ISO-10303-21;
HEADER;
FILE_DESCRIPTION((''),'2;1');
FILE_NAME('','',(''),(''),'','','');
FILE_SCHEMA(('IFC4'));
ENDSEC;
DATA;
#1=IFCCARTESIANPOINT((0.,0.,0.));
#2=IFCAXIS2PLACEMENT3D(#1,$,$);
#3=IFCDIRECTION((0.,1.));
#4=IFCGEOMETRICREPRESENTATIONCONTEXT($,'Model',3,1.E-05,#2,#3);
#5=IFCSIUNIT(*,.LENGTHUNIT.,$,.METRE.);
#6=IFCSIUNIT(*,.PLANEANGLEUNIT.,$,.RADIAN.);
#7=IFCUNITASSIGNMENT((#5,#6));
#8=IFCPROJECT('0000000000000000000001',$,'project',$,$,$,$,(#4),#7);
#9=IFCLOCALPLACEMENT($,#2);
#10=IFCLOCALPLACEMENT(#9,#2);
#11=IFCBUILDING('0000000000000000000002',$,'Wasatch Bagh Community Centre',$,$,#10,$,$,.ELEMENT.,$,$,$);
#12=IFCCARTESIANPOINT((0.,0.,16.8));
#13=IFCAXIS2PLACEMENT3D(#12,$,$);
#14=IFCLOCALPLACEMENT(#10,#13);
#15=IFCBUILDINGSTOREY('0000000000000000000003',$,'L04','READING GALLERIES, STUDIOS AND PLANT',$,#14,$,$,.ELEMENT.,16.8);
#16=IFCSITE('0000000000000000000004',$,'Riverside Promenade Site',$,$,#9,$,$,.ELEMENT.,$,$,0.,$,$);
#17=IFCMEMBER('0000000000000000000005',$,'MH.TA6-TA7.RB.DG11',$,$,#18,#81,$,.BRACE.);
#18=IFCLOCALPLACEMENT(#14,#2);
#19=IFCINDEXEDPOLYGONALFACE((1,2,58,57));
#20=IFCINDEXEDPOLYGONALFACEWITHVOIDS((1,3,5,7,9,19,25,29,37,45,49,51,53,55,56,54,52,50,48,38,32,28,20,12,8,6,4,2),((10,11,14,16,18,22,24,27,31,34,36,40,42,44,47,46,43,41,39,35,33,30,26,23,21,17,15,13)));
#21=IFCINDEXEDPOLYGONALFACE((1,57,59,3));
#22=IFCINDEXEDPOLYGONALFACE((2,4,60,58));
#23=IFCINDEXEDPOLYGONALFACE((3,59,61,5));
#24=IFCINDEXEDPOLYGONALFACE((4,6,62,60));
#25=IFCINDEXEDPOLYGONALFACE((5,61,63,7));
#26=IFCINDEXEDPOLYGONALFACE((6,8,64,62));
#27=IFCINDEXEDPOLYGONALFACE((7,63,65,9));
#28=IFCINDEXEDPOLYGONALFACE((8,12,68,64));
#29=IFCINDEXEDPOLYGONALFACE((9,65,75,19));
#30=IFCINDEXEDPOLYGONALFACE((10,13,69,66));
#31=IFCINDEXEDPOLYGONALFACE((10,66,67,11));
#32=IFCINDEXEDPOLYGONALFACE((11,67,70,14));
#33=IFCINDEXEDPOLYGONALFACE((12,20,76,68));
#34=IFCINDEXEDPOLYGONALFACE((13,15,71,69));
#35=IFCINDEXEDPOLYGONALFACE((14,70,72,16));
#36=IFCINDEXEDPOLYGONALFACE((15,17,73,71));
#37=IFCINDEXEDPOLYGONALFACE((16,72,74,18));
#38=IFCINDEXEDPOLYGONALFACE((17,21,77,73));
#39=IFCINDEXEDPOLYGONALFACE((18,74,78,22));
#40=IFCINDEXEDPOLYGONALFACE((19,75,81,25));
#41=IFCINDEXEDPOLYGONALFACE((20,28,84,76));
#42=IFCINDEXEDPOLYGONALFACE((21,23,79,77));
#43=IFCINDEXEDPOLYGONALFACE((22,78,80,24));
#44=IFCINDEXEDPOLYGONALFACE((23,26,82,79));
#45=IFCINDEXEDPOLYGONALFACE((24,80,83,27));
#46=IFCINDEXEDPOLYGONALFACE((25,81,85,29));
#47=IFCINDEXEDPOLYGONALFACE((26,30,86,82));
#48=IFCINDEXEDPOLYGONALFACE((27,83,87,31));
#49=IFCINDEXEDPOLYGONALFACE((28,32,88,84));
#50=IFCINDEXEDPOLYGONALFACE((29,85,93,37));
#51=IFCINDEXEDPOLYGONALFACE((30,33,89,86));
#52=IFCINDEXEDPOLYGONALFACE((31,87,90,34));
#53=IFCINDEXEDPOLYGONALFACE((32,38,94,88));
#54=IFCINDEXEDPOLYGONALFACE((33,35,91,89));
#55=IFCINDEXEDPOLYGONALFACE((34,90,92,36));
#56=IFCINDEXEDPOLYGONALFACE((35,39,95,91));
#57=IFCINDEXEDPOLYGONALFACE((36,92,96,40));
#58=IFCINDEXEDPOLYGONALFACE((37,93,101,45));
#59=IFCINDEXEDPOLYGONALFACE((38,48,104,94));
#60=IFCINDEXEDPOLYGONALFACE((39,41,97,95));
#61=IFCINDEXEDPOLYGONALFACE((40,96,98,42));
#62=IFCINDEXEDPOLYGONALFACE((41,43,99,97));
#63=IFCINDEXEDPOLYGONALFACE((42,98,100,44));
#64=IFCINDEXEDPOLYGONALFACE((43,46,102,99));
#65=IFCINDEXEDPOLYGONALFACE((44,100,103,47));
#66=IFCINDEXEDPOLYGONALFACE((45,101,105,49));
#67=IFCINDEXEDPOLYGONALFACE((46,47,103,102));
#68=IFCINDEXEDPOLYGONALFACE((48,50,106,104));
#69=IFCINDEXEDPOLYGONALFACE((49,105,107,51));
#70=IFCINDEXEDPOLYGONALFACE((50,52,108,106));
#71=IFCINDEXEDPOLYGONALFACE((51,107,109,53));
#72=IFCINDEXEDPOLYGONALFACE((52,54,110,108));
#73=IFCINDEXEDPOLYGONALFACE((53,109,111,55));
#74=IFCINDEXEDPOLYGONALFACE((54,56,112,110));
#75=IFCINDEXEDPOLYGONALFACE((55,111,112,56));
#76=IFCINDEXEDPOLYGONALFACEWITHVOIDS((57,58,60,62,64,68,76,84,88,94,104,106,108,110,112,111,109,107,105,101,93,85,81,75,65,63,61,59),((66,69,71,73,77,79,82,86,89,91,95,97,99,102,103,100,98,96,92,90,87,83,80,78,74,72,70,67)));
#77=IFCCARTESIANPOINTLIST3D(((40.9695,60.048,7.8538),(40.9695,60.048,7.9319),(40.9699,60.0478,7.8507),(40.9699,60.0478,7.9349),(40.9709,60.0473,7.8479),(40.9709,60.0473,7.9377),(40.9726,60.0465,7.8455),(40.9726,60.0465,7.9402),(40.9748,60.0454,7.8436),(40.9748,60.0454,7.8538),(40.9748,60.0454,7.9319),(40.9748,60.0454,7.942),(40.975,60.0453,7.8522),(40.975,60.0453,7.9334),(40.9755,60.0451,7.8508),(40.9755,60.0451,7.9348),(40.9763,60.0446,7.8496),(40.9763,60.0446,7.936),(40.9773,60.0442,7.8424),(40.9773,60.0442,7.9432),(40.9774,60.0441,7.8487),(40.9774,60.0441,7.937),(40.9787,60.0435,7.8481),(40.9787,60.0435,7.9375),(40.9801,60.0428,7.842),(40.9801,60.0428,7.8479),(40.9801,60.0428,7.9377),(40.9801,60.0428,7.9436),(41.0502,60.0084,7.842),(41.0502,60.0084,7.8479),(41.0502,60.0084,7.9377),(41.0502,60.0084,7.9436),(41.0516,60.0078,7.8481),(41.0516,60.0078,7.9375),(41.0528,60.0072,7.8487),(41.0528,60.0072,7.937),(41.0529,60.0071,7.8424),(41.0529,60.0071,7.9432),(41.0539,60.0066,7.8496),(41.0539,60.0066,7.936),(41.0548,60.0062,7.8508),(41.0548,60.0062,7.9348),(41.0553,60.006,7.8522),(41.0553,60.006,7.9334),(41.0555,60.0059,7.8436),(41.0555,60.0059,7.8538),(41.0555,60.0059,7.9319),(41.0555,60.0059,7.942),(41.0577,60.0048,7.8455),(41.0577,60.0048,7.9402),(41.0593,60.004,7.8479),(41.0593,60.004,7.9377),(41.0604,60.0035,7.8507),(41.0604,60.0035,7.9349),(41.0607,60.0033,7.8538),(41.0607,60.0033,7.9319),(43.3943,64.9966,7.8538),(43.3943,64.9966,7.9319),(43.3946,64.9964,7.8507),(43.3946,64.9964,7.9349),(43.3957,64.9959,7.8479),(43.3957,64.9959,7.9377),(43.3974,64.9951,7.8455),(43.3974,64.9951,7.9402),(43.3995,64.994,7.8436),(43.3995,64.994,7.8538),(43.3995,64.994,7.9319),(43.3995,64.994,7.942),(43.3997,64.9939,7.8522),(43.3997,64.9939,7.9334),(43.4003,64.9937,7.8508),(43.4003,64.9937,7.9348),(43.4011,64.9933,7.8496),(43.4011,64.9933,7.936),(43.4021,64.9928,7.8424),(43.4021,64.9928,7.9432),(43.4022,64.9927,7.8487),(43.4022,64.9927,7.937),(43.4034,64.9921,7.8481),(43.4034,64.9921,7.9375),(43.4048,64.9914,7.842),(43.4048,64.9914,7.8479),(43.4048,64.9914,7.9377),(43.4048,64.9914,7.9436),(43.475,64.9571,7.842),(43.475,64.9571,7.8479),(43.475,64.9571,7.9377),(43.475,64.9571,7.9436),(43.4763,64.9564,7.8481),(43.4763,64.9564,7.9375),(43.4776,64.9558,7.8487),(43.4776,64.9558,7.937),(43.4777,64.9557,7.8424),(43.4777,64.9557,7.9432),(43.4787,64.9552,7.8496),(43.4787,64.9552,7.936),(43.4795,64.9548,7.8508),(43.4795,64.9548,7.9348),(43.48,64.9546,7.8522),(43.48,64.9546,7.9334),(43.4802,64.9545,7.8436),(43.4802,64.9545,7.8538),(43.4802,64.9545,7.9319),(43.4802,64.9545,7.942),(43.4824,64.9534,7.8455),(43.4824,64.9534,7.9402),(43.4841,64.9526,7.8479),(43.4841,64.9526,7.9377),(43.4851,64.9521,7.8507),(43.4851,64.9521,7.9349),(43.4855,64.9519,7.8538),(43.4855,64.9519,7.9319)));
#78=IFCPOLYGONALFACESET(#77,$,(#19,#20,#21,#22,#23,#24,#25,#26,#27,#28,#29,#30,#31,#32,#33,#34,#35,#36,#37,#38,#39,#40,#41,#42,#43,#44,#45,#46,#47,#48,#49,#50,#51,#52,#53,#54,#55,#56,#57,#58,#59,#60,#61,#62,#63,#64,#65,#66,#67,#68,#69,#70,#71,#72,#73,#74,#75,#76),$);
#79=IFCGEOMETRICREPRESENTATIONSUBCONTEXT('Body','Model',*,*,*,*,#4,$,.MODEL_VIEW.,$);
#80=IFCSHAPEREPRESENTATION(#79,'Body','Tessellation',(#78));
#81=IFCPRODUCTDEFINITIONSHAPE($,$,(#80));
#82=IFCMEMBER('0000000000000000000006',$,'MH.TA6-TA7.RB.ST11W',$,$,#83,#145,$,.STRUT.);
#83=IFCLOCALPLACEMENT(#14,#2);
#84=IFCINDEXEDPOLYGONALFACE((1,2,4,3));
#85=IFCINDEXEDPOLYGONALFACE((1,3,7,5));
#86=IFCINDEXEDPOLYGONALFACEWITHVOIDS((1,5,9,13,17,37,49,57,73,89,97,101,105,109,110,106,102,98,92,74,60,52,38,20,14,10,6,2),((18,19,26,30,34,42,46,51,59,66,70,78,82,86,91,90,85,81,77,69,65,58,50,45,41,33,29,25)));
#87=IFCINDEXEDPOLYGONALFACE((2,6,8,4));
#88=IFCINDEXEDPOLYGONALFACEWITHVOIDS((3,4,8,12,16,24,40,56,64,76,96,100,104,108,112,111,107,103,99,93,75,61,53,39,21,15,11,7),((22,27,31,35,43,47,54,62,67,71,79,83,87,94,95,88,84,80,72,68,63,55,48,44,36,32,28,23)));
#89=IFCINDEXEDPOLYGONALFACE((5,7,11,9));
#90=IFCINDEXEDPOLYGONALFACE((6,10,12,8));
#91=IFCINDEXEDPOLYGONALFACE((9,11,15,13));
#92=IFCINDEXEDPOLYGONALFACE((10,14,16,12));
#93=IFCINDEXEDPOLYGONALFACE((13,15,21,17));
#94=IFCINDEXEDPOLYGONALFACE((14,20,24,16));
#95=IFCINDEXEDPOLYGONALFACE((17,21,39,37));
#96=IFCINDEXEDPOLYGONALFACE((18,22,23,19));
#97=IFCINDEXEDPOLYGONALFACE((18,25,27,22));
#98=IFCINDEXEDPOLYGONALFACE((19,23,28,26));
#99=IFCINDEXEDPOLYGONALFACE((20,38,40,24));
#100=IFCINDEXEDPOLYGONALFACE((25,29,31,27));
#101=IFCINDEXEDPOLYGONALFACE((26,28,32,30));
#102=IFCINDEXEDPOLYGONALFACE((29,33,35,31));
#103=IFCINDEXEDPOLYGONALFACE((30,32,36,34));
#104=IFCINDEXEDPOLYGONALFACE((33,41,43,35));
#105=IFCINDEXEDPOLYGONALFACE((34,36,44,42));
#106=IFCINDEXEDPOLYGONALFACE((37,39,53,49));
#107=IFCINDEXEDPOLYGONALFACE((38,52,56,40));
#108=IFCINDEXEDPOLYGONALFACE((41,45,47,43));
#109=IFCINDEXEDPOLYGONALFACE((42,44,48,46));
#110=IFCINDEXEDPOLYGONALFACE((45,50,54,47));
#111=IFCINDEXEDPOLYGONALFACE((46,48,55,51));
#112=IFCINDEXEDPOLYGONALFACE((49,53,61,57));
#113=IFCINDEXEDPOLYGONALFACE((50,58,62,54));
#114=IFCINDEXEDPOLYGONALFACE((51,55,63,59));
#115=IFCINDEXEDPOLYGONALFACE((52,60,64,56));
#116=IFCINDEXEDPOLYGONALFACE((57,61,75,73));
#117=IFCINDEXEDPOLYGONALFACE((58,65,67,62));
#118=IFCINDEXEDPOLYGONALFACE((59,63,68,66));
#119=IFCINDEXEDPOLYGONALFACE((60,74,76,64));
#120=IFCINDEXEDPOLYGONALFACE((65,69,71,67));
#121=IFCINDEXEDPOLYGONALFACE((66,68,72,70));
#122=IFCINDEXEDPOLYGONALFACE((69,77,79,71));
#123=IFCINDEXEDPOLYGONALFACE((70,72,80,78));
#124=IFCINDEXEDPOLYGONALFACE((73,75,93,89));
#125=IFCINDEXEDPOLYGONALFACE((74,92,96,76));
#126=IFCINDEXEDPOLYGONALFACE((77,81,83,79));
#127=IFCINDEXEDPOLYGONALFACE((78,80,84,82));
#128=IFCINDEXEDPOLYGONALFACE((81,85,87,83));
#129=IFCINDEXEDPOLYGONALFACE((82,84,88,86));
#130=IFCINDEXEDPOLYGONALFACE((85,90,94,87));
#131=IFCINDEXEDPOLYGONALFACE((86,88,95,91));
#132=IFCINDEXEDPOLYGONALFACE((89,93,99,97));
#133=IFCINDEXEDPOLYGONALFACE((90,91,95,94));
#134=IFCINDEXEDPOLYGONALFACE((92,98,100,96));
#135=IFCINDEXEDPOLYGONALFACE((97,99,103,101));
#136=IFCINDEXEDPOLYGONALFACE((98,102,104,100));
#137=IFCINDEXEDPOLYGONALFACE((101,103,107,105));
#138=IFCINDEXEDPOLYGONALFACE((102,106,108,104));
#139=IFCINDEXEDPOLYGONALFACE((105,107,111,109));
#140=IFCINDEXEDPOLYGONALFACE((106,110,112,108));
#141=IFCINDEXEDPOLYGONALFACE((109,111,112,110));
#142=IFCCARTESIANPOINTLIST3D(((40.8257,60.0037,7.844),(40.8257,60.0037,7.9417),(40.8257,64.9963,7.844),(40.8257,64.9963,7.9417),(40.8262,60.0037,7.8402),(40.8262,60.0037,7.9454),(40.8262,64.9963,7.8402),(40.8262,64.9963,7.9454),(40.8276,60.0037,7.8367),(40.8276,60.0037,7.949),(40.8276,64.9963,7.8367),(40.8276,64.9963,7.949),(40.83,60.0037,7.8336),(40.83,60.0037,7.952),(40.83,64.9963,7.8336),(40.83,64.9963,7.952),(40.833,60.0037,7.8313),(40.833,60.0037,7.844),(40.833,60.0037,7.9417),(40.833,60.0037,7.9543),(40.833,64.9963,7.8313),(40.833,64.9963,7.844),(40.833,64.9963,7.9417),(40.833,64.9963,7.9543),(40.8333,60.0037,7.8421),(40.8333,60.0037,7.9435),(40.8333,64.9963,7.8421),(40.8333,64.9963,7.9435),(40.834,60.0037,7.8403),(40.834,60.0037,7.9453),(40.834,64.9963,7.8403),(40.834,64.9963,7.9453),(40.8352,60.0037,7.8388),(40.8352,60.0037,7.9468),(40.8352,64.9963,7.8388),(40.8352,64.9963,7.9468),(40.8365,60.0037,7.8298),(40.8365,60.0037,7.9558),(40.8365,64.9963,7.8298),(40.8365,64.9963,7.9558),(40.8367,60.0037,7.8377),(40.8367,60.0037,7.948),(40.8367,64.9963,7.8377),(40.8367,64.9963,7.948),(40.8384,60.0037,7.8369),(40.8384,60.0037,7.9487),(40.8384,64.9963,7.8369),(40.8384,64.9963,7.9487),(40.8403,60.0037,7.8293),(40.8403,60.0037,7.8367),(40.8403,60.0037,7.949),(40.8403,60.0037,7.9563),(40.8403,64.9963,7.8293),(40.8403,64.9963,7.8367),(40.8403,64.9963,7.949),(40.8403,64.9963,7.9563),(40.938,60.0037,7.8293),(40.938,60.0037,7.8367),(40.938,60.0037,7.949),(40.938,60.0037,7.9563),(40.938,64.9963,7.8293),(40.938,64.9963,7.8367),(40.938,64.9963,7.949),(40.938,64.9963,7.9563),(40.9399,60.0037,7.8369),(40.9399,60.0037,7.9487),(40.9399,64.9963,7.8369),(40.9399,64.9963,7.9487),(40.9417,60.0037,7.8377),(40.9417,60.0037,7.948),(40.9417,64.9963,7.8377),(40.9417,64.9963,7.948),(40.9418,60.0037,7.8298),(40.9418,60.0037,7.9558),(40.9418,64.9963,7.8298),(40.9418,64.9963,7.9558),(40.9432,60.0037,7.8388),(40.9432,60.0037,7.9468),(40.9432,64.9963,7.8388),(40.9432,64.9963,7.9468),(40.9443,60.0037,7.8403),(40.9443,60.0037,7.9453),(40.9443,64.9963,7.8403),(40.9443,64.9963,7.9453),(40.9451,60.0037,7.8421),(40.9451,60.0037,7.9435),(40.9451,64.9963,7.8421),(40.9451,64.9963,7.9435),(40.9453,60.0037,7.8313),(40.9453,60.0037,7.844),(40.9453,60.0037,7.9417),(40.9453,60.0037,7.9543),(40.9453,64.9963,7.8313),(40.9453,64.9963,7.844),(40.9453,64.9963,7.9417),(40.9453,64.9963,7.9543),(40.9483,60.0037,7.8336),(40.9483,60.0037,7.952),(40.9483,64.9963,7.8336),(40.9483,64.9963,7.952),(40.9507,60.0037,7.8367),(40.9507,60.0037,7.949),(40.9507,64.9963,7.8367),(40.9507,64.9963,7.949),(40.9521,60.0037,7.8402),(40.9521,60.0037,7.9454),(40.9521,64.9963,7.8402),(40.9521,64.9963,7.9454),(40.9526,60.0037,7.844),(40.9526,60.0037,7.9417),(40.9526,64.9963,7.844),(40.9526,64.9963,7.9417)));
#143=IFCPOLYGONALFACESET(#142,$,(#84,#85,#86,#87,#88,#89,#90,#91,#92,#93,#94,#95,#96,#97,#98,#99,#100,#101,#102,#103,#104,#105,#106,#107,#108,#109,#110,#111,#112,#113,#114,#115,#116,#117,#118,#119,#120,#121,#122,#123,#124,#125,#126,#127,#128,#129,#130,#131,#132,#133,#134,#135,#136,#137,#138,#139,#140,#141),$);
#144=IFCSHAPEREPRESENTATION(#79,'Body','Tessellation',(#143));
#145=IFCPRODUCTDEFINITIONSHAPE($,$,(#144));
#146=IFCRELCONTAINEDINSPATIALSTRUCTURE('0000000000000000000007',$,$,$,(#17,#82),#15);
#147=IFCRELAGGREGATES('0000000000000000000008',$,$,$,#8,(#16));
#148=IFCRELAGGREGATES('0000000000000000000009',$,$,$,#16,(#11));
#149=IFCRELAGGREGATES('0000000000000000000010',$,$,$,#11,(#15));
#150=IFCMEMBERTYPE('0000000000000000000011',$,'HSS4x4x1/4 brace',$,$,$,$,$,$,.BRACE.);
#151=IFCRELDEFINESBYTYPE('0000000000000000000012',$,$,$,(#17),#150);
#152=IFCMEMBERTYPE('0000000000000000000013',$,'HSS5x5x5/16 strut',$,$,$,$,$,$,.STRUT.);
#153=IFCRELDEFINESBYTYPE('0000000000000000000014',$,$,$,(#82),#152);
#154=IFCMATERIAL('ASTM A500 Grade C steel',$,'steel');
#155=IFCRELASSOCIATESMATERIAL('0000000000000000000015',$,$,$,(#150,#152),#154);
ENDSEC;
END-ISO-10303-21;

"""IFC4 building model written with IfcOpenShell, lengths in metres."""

from ifc_helpers import new_model, si_unit, direction, frame, origin, origin_2d, place, context, subcontext, project, spatial, hollow_rectangle, extrude, material, material_profile, profile_set, type_object, element, save


model = new_model("IFC4")

# Units and contexts
model_context = context("Model", 3, precision=1e-05, world=origin(), true_north=direction((0.0, 1.0)))
body_context = subcontext(model_context, "Body", "Model", "MODEL_VIEW")
ifc_project = project(units=[si_unit("LENGTHUNIT", "METRE"), si_unit("PLANEANGLEUNIT", "RADIAN")], contexts=[model_context])

# Site, building, storey
site_placement = place(None, origin())
site = spatial("IfcSite", under=ifc_project, at=site_placement, Name="Riverside Promenade Site", CompositionType="ELEMENT", RefElevation=0.0)
building_placement = place(site_placement, origin())
building = spatial("IfcBuilding", under=site, at=building_placement, Name="Wasatch Bagh Community Centre", CompositionType="ELEMENT")
storey_placement = place(building_placement, frame((0.0, 0.0, 16.8)))
storey = spatial("IfcBuildingStorey", under=building, at=storey_placement, Name="L04", Description="READING GALLERIES, STUDIOS AND PLANT", CompositionType="ELEMENT", Elevation=16.8)

# Members
ifc_material_1 = material(Name="ASTM A500 Grade C steel", Category="steel")
ifc_material_profile_1 = material_profile(ifc_material_1, hollow_rectangle(XDim=0.1016, YDim=0.1016, WallThickness=0.0059, InnerFilletRadius=0.0059, OuterFilletRadius=0.0117, at=origin_2d()), Name="HSS4x4x1/4")
ifc_profile_set_1 = profile_set([ifc_material_profile_1], Name="ASTM A500 Grade C steel")
member_type_1 = type_object("IfcMemberType", Name="HSS4x4x1/4 brace", PredefinedType="BRACE", material=ifc_profile_set_1)
member_1_placement = place(storey_placement, frame((41.0151, 60.0256, 7.8928), z_axis=(0.440005, 0.897996, 0.0), x_axis=(-0.897996, 0.440005, 0.0)))
element("IfcMember", 1, at=member_1_placement, inside=storey, type_object=member_type_1, Name="MH.TA6-TA7.RB.DG11", PredefinedType="BRACE", context=body_context, shape_type="SweptSolid", body=[
    extrude(hollow_rectangle(XDim=0.1016, YDim=0.1016, WallThickness=0.0059, InnerFilletRadius=0.0059, OuterFilletRadius=0.0117, at=origin_2d()), origin(), (0.0, 0.0, 1.0), 5.5107),
])
ifc_material_profile_2 = material_profile(ifc_material_1, hollow_rectangle(XDim=0.127, YDim=0.127, WallThickness=0.0073, InnerFilletRadius=0.0073, OuterFilletRadius=0.0146, at=origin_2d()), Name="HSS5x5x5/16")
ifc_profile_set_2 = profile_set([ifc_material_profile_2], Name="ASTM A500 Grade C steel")
member_type_2 = type_object("IfcMemberType", Name="HSS5x5x5/16 strut", PredefinedType="STRUT", material=ifc_profile_set_2)
for number, where, z_axis, x_axis, name in (
    (2, (40.8892, 60.0037, 7.8928), (0.0, 1.0, 0.0), (-1.0, 0.0, 0.0), "MH.TA6-TA7.RB.ST11W"),
):
    element("IfcMember", number, at=place(storey_placement, frame(where, z_axis=z_axis, x_axis=x_axis)), inside=storey, type_object=member_type_2, Name=name, PredefinedType="STRUT", context=body_context, shape_type="SweptSolid", body=[
        extrude(hollow_rectangle(XDim=0.127, YDim=0.127, WallThickness=0.0073, InnerFilletRadius=0.0073, OuterFilletRadius=0.0146, at=origin_2d()), origin(), (0.0, 0.0, 1.0), 4.9927),
    ])

save(model, "model.ifc")
